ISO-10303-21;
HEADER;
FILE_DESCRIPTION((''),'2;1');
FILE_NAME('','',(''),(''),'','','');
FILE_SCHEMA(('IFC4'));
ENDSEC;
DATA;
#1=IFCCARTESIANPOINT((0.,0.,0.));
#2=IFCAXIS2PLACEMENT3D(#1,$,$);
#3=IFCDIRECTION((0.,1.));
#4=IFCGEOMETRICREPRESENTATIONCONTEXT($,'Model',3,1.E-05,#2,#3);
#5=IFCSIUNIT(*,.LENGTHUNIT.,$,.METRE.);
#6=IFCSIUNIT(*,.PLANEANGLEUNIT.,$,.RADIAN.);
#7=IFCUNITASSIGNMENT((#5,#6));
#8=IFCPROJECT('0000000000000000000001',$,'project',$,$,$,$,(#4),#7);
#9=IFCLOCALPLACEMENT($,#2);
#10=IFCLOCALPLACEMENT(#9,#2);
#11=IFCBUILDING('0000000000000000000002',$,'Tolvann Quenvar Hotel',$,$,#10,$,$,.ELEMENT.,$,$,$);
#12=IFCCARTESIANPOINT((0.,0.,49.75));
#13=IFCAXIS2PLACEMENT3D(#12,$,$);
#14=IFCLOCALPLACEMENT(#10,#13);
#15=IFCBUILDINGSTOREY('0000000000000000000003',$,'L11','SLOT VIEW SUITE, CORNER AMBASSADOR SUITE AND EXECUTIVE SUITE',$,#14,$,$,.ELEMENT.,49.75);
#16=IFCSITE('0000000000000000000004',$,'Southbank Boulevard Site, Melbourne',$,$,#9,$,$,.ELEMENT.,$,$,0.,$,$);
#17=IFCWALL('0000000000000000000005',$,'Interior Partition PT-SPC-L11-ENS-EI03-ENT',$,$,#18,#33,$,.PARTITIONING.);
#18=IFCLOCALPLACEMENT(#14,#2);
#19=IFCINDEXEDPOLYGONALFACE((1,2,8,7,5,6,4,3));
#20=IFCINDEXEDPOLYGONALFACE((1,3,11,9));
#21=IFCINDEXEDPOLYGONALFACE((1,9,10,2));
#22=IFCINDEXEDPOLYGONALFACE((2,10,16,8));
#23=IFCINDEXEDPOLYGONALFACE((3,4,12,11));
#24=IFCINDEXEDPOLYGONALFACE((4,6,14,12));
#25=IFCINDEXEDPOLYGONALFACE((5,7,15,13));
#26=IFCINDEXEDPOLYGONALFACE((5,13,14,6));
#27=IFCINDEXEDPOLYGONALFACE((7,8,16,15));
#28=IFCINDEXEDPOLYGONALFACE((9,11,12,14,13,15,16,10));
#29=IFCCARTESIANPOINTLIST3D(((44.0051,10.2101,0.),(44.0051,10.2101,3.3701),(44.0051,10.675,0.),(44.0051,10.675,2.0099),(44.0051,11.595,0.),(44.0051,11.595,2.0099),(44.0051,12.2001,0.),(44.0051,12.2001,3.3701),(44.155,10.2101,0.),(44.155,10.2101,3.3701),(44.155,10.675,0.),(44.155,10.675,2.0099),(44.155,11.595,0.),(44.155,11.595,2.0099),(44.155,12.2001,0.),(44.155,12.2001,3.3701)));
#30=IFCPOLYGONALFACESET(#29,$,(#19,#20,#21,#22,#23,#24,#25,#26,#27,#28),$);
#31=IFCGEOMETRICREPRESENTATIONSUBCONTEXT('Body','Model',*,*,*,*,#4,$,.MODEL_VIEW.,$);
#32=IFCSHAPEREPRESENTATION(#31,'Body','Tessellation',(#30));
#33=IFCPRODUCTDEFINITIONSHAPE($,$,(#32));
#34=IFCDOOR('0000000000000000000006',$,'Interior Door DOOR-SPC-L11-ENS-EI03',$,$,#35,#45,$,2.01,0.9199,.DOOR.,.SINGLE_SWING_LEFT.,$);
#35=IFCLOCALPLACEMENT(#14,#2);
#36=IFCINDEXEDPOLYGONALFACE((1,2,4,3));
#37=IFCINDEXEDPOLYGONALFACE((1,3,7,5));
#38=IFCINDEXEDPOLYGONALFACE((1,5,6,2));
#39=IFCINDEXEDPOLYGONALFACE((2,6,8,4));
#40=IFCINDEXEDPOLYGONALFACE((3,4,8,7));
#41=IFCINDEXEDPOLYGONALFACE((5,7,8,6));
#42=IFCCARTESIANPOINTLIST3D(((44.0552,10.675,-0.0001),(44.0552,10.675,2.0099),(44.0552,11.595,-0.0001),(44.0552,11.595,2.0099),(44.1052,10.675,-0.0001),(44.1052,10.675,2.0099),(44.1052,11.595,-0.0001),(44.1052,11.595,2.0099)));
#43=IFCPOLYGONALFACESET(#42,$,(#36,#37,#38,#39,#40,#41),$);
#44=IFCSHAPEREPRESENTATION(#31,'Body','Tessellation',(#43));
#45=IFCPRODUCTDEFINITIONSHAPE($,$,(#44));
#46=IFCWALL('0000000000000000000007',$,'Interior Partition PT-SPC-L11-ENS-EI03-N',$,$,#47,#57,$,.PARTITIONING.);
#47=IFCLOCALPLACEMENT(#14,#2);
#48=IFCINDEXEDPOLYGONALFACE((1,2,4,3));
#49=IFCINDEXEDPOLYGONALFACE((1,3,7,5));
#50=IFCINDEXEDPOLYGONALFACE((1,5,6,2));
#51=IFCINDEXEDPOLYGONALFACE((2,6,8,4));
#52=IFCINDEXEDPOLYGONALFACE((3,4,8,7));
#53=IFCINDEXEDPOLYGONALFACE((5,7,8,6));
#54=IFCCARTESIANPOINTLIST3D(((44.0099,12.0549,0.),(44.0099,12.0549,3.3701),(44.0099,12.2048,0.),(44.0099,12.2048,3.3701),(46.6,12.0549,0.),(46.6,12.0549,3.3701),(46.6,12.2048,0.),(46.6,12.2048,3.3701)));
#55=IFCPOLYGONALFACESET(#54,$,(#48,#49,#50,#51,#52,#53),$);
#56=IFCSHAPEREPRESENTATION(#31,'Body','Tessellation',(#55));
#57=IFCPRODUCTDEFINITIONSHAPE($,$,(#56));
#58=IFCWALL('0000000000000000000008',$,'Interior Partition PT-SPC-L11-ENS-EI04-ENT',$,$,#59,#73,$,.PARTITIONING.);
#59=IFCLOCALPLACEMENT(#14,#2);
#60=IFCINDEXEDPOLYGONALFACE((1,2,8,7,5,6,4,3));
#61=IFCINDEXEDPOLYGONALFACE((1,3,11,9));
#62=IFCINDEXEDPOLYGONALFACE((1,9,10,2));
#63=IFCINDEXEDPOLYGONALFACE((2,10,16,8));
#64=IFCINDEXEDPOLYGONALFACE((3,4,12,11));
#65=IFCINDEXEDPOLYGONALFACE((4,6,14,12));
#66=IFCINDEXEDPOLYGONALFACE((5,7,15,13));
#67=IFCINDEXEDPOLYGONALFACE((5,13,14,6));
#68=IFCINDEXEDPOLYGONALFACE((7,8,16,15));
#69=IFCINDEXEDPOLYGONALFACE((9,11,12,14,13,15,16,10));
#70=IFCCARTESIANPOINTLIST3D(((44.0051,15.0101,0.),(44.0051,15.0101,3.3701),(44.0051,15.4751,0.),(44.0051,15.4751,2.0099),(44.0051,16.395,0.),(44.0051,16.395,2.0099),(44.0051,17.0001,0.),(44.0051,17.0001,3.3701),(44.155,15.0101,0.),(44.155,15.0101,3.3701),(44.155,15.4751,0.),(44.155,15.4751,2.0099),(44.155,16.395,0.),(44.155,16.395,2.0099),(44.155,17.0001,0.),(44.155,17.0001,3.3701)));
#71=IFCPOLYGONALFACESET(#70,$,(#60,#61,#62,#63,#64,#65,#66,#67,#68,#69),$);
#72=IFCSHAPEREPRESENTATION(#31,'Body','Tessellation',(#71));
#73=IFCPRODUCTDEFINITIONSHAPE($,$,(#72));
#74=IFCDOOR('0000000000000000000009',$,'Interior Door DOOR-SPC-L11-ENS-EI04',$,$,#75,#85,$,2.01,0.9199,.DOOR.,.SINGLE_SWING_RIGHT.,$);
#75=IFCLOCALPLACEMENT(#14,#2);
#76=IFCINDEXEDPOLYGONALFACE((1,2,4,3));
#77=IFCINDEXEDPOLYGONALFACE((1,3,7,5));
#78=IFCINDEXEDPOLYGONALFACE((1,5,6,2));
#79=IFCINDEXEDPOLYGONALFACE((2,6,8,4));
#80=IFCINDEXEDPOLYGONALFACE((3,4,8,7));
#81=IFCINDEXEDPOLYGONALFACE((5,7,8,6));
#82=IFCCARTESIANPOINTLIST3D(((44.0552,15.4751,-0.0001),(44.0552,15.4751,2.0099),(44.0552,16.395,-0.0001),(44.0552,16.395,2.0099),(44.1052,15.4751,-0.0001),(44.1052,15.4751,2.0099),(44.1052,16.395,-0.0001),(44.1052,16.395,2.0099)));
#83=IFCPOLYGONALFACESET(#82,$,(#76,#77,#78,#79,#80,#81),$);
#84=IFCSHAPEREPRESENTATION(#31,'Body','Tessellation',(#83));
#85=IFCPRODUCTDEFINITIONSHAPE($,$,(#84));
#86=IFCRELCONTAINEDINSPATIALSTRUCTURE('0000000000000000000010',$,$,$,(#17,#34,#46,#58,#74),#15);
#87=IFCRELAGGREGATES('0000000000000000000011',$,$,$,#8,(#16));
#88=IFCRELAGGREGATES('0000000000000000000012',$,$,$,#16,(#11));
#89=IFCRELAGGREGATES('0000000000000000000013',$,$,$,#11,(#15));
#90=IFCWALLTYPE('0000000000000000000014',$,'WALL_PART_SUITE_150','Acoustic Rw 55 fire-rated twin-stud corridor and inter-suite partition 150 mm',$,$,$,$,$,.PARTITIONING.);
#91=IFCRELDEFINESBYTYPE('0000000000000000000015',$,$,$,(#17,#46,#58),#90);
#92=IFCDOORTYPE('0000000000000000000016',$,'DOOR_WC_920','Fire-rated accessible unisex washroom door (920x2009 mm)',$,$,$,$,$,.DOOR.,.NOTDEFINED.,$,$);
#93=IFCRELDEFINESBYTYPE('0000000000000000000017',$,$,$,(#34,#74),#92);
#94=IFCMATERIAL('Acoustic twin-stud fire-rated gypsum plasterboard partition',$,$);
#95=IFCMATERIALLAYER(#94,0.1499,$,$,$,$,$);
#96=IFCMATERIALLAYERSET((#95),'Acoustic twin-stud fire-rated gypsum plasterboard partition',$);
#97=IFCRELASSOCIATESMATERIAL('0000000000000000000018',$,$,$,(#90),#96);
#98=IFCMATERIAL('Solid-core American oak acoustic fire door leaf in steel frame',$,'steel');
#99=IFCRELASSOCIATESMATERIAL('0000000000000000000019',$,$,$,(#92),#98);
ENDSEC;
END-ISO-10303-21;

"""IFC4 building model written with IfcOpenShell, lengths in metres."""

from ifc_helpers import new_model, si_unit, direction, frame, frame_2d, origin, place, context, subcontext, project, spatial, rectangle, extrude, source, transform, mapped, material, layer, layer_set, type_object, type_shapes, element, fill, save


model = new_model("IFC4")

# Units and contexts
model_context = context("Model", 3, precision=1e-05, world=origin(), true_north=direction((0.0, 1.0)))
body_context = subcontext(model_context, "Body", "Model", "MODEL_VIEW")
ifc_project = project(units=[si_unit("LENGTHUNIT", "METRE"), si_unit("PLANEANGLEUNIT", "RADIAN")], contexts=[model_context])

# Site, building, storey
site_placement = place(None, origin())
site = spatial("IfcSite", under=ifc_project, at=site_placement, Name="Southbank Boulevard Site, Melbourne", CompositionType="ELEMENT", RefElevation=0.0)
building_placement = place(site_placement, origin())
building = spatial("IfcBuilding", under=site, at=building_placement, Name="Tolvann Quenvar Hotel", CompositionType="ELEMENT")
storey_placement = place(building_placement, frame((0.0, 0.0, 49.75)))
storey = spatial("IfcBuildingStorey", under=building, at=storey_placement, Name="L11", Description="SLOT VIEW SUITE, CORNER AMBASSADOR SUITE AND EXECUTIVE SUITE", CompositionType="ELEMENT", Elevation=49.75)

# Wall, opening, door
ifc_material_1 = material(Name="Acoustic twin-stud fire-rated gypsum plasterboard partition")
ifc_layer_1 = layer(ifc_material_1, 0.1499)
ifc_layer_set_1 = layer_set([ifc_layer_1], Name="Acoustic twin-stud fire-rated gypsum plasterboard partition")
wall_type_1 = type_object("IfcWallType", Name="WALL_PART_SUITE_150", Description="Acoustic Rw 55 fire-rated twin-stud corridor and inter-suite partition 150 mm", PredefinedType="PARTITIONING", material=ifc_layer_set_1)
wall_1_placement = place(storey_placement, frame((44.0801, 10.21, 0.0), z_axis=(0.0, 0.0, 1.0), x_axis=(0.0, 1.0, 0.0)))
wall_1 = element("IfcWall", 1, at=wall_1_placement, inside=storey, type_object=wall_type_1, Name="Interior Partition PT-SPC-L11-ENS-EI03-ENT", PredefinedType="PARTITIONING", context=body_context, shape_type="SweptSolid", body=[
    extrude(rectangle(XDim=1.99, YDim=0.1499, at=frame_2d((0.9951, 0.0))), origin(), (0.0, 0.0, 1.0), 3.3701),
])
opening_1_placement = place(wall_1_placement, frame((0.4651, 0.0, 0.0)))
opening_1 = element("IfcOpeningElement", 2, at=opening_1_placement, cuts=wall_1, PredefinedType="OPENING", context=body_context, shape_type="SweptSolid", body=[
    extrude(rectangle(XDim=0.9199, YDim=2.01, at=frame_2d((0.46, 1.0049))), frame((0.0, 0.085, 0.0), z_axis=(0.0, -1.0, 0.0), x_axis=(1.0, 0.0, 0.0)), (0.0, 0.0, 1.0), 0.1699),
])
ifc_material_2 = material(Name="Solid-core American oak acoustic fire door leaf in steel frame", Category="steel")
door_type_1 = type_object("IfcDoorType", Name="DOOR_WC_920", Description="Fire-rated accessible unisex washroom door (920x2009 mm)", OperationType="NOTDEFINED", PredefinedType="DOOR", material=ifc_material_2)
shared_shape_1 = source(origin(), body_context, "Body", "SweptSolid", [
    extrude(rectangle(XDim=0.9199, YDim=2.01, at=frame_2d((0.46, 1.0049))), frame((0.0, 0.0249, 0.0), z_axis=(0.0, -1.0, 0.0), x_axis=(1.0, 0.0, 0.0)), (0.0, 0.0, 1.0), 0.05),
])
type_shapes(door_type_1, [shared_shape_1])
door_1_placement = place(opening_1_placement, origin())
door_1 = element("IfcDoor", 3, at=door_1_placement, inside=storey, type_object=door_type_1, Name="Interior Door DOOR-SPC-L11-ENS-EI03", OperationType="SINGLE_SWING_LEFT", OverallHeight=2.01, OverallWidth=0.9199, PredefinedType="DOOR", context=body_context, shape_type="MappedRepresentation", body=[
    mapped(shared_shape_1, transform((0.0, 0.0, 0.0), x_axis=(1.0, 0.0, 0.0), y_axis=(0.0, 1.0, 0.0), z_axis=(0.0, 0.0, 1.0), scale=1.0)),
])
fill(opening_1, door_1)

# Wall
wall_2_placement = place(storey_placement, frame((44.01, 12.1299, 0.0), z_axis=(0.0, 0.0, 1.0), x_axis=(1.0, 0.0, 0.0)))
element("IfcWall", 4, at=wall_2_placement, inside=storey, type_object=wall_type_1, Name="Interior Partition PT-SPC-L11-ENS-EI03-N", PredefinedType="PARTITIONING", context=body_context, shape_type="SweptSolid", body=[
    extrude(rectangle(XDim=2.5901, YDim=0.1499, at=frame_2d((1.2949, 0.0))), origin(), (0.0, 0.0, 1.0), 3.3701),
])

# Wall, opening, door
wall_3_placement = place(storey_placement, frame((44.0801, 15.01, 0.0), z_axis=(0.0, 0.0, 1.0), x_axis=(0.0, 1.0, 0.0)))
wall_3 = element("IfcWall", 5, at=wall_3_placement, inside=storey, type_object=wall_type_1, Name="Interior Partition PT-SPC-L11-ENS-EI04-ENT", PredefinedType="PARTITIONING", context=body_context, shape_type="SweptSolid", body=[
    extrude(rectangle(XDim=1.99, YDim=0.1499, at=frame_2d((0.9951, 0.0))), origin(), (0.0, 0.0, 1.0), 3.3701),
])
opening_2_placement = place(wall_3_placement, frame((0.4651, 0.0, 0.0)))
opening_2 = element("IfcOpeningElement", 6, at=opening_2_placement, cuts=wall_3, PredefinedType="OPENING", context=body_context, shape_type="SweptSolid", body=[
    extrude(rectangle(XDim=0.9199, YDim=2.01, at=frame_2d((0.46, 1.0049))), frame((0.0, 0.085, 0.0), z_axis=(0.0, -1.0, 0.0), x_axis=(1.0, 0.0, 0.0)), (0.0, 0.0, 1.0), 0.1699),
])
door_2_placement = place(opening_2_placement, origin())
door_2 = element("IfcDoor", 7, at=door_2_placement, inside=storey, type_object=door_type_1, Name="Interior Door DOOR-SPC-L11-ENS-EI04", OperationType="SINGLE_SWING_RIGHT", OverallHeight=2.01, OverallWidth=0.9199, PredefinedType="DOOR", context=body_context, shape_type="MappedRepresentation", body=[
    mapped(shared_shape_1, transform((0.0, 0.0, 0.0), x_axis=(1.0, 0.0, 0.0), y_axis=(0.0, 1.0, 0.0), z_axis=(0.0, 0.0, 1.0), scale=1.0)),
])
fill(opening_2, door_2)

save(model, "model.ifc")
